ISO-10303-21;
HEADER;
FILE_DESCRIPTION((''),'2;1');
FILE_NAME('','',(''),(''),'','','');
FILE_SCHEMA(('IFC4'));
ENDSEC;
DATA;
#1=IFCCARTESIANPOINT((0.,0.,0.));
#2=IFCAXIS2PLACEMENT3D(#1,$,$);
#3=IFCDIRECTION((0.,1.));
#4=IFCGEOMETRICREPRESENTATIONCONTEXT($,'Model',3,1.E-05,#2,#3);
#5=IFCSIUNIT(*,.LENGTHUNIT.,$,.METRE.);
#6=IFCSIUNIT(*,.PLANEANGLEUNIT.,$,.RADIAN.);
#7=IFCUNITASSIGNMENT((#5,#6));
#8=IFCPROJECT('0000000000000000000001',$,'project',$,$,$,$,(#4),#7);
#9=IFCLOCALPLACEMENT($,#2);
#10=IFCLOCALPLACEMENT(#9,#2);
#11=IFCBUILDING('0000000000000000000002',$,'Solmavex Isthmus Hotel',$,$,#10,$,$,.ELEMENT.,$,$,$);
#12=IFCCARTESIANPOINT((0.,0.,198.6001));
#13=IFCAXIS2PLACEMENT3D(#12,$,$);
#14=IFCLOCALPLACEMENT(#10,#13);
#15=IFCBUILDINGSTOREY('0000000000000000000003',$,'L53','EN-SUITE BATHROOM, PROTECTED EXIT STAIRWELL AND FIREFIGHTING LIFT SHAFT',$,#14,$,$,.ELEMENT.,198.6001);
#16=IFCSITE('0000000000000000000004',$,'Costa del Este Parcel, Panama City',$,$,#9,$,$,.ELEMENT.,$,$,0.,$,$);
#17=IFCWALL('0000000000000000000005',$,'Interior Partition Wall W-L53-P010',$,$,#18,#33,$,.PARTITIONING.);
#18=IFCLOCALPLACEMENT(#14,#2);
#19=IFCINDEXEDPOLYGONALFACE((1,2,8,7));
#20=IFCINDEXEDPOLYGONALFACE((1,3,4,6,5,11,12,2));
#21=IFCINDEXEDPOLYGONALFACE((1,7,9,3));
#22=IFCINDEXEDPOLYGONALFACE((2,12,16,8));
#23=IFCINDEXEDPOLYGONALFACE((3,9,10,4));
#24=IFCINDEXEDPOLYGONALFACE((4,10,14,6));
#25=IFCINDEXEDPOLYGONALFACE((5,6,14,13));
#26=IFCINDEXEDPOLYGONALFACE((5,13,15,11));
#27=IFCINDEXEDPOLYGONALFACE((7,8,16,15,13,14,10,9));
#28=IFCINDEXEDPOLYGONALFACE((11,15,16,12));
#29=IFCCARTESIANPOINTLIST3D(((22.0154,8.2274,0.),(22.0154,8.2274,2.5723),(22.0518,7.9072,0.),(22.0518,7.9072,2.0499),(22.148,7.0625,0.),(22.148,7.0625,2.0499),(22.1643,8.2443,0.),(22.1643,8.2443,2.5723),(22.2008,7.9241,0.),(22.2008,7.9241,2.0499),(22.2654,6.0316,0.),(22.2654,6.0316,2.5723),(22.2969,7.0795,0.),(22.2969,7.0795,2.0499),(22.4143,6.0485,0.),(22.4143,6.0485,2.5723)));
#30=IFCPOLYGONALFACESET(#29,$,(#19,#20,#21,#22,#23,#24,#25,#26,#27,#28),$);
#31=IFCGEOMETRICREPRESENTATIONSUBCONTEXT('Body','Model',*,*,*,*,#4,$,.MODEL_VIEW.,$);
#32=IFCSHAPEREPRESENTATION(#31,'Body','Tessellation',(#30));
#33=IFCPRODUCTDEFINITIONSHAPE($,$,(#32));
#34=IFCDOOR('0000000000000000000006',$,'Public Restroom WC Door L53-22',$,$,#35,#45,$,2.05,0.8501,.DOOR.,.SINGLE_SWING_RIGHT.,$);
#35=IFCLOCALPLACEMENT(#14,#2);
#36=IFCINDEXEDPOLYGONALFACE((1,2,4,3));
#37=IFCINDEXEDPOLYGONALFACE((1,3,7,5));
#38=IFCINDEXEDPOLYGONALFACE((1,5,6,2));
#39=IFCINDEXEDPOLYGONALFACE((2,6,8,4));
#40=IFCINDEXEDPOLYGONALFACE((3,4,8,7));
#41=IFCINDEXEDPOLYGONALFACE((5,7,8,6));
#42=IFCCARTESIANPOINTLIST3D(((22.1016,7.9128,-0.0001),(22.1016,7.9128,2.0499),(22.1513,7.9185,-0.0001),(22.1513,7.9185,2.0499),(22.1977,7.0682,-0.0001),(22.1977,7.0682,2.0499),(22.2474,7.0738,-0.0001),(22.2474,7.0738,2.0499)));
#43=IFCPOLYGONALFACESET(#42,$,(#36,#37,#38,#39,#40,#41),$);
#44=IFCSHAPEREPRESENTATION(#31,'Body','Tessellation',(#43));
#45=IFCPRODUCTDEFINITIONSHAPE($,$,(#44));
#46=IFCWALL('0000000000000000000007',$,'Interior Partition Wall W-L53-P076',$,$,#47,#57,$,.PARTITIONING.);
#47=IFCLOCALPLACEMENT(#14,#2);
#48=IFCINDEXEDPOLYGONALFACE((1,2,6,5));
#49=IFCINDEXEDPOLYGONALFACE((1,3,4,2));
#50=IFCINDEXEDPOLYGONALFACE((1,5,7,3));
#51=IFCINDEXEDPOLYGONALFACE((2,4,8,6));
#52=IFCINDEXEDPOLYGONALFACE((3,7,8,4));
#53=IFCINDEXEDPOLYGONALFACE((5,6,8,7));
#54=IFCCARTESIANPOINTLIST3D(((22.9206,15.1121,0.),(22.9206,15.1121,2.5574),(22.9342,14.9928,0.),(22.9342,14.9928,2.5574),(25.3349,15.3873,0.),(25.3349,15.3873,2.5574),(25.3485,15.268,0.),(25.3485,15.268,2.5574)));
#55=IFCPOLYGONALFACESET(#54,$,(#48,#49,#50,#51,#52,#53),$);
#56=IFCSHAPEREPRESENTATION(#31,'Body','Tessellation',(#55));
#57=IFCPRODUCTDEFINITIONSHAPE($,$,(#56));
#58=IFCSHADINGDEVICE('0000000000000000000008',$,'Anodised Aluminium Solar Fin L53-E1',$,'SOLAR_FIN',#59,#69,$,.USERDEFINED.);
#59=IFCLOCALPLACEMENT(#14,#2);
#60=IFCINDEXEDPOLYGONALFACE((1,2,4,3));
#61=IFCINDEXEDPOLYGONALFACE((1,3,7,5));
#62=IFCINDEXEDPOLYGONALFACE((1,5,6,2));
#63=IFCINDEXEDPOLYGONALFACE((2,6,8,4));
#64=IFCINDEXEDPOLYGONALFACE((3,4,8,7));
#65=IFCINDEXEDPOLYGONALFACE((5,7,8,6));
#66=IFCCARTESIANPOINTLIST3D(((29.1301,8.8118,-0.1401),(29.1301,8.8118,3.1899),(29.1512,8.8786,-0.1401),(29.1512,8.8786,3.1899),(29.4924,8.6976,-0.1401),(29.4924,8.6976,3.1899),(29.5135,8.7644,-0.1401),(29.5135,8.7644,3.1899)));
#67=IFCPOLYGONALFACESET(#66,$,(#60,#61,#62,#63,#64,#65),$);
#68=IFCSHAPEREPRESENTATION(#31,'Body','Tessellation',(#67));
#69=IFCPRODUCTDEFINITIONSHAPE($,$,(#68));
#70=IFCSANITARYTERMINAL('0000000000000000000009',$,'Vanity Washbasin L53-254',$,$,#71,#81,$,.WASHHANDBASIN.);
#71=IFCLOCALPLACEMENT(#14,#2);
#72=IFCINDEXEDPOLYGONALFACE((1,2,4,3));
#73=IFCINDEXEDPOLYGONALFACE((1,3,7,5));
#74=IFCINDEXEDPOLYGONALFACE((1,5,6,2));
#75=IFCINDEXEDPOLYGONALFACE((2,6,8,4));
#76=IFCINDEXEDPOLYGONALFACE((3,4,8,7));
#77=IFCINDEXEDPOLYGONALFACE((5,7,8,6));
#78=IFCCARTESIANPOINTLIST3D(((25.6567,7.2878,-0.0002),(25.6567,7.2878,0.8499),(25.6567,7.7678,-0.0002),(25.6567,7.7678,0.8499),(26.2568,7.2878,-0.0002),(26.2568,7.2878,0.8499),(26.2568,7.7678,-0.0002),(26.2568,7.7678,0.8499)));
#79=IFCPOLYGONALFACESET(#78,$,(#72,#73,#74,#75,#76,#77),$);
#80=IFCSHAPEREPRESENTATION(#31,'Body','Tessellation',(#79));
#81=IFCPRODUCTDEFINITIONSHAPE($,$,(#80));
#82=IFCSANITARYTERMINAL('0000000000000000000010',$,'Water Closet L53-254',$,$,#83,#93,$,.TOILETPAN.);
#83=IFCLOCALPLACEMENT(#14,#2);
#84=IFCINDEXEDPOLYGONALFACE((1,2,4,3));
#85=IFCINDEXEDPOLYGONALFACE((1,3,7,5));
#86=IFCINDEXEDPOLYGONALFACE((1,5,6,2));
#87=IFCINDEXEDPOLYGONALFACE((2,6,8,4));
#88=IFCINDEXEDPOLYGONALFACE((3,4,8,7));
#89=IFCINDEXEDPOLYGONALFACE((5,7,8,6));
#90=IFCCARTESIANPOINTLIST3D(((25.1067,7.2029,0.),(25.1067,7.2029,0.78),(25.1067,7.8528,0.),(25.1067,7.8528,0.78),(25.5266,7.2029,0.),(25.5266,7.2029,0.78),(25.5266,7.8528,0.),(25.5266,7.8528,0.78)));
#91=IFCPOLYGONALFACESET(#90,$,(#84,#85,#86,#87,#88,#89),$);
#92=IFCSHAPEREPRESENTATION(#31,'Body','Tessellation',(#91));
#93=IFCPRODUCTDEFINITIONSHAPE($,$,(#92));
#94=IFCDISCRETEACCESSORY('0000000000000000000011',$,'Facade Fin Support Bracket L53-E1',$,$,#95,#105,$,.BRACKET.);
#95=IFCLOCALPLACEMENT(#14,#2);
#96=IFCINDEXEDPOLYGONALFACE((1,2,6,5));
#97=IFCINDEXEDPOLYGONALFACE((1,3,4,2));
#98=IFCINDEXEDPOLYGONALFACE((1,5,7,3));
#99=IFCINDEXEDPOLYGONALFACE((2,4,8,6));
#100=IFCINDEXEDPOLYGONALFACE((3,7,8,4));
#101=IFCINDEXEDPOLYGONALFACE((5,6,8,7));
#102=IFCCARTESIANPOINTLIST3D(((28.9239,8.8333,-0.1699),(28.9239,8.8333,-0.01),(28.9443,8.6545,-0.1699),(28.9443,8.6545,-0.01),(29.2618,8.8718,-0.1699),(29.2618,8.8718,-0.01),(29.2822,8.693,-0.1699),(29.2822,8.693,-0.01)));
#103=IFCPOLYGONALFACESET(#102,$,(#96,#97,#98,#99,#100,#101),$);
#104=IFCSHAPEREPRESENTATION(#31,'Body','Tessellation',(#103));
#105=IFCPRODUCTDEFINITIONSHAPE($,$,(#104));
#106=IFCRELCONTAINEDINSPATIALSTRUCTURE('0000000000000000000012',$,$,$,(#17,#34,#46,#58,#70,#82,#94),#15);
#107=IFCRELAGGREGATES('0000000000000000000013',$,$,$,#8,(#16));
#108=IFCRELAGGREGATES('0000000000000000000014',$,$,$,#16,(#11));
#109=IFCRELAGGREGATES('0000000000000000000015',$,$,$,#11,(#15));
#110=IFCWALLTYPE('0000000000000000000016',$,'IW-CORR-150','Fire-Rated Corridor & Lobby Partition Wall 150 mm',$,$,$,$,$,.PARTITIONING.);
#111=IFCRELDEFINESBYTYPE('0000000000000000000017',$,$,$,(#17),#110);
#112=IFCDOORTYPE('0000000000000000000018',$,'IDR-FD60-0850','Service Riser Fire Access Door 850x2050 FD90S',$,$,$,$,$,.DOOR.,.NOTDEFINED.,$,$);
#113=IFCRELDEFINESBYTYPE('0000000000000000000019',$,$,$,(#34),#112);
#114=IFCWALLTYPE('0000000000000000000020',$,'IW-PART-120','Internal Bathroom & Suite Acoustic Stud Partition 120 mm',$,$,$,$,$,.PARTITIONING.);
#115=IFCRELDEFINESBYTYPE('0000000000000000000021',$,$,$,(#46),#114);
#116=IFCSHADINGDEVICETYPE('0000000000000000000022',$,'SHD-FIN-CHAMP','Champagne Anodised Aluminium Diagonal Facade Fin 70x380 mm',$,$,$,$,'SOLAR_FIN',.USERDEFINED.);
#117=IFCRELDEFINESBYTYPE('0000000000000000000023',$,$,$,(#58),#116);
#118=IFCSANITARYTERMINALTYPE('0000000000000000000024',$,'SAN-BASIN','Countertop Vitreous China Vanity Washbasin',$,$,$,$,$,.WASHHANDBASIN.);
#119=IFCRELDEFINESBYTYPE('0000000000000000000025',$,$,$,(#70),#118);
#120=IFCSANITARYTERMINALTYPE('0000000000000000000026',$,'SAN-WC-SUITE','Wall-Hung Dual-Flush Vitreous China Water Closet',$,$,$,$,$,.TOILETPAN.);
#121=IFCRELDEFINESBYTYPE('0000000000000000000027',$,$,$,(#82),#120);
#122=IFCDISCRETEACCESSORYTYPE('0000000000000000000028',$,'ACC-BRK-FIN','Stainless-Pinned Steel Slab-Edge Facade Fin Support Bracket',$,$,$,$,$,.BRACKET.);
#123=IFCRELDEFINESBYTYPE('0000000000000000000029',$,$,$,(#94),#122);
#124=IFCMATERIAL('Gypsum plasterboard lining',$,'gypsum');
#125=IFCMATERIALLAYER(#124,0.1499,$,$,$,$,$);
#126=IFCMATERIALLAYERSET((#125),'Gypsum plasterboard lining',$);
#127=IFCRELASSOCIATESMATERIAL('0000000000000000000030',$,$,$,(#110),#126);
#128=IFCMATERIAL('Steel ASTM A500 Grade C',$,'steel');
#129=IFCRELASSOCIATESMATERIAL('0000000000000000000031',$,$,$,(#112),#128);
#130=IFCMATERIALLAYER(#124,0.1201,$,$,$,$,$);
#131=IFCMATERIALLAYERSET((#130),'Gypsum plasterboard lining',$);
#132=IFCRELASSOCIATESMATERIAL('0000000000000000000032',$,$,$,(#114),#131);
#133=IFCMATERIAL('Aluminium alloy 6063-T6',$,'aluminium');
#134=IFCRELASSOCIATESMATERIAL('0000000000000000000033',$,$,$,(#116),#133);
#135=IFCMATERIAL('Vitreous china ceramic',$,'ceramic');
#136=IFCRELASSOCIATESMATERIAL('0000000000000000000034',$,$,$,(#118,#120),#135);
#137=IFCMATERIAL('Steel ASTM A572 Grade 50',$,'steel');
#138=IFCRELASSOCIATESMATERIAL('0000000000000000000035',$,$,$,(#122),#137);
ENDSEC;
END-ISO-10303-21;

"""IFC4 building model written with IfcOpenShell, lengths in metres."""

from ifc_helpers import new_model, si_unit, direction, frame, frame_2d, origin, origin_2d, place, context, subcontext, project, spatial, rectangle, extrude, material, layer, layer_set, type_object, element, fill, save


model = new_model("IFC4")

# Units and contexts
model_context = context("Model", 3, precision=1e-05, world=origin(), true_north=direction((0.0, 1.0)))
body_context = subcontext(model_context, "Body", "Model", "MODEL_VIEW")
ifc_project = project(units=[si_unit("LENGTHUNIT", "METRE"), si_unit("PLANEANGLEUNIT", "RADIAN")], contexts=[model_context])

# Site, building, storey
site_placement = place(None, origin())
site = spatial("IfcSite", under=ifc_project, at=site_placement, Name="Costa del Este Parcel, Panama City", CompositionType="ELEMENT", RefElevation=0.0)
building_placement = place(site_placement, origin())
building = spatial("IfcBuilding", under=site, at=building_placement, Name="Solmavex Isthmus Hotel", CompositionType="ELEMENT")
storey_placement = place(building_placement, frame((0.0, 0.0, 198.6001)))
storey = spatial("IfcBuildingStorey", under=building, at=storey_placement, Name="L53", Description="EN-SUITE BATHROOM, PROTECTED EXIT STAIRWELL AND FIREFIGHTING LIFT SHAFT", CompositionType="ELEMENT", Elevation=198.6001)

# Shared definitions
ifc_material_1 = material(Name="Aluminium alloy 6063-T6", Category="aluminium")

# Shared definitions
ifc_material_2 = material(Name="Gypsum plasterboard lining", Category="gypsum")

# Wall, opening, door
ifc_layer_1 = layer(ifc_material_2, 0.1499)
ifc_layer_set_1 = layer_set([ifc_layer_1], Name="Gypsum plasterboard lining")
wall_type_1 = type_object("IfcWallType", Name="IW-CORR-150", Description="Fire-Rated Corridor & Lobby Partition Wall 150 mm", PredefinedType="PARTITIONING", material=ifc_layer_set_1)
wall_1_placement = place(storey_placement, frame((22.0898, 8.2358, 0.0), z_axis=(0.0, 0.0, 1.0), x_axis=(0.113123, -0.993581, 0.0)))
wall_1 = element("IfcWall", 1, at=wall_1_placement, inside=storey, type_object=wall_type_1, Name="Interior Partition Wall W-L53-P010", PredefinedType="PARTITIONING", context=body_context, shape_type="SweptSolid", body=[
    extrude(rectangle(XDim=2.21, YDim=0.1499, at=frame_2d((1.105, 0.0))), origin(), (0.0, 0.0, 1.0), 2.5723),
])
opening_1_placement = place(wall_1_placement, frame((0.3223, 0.0, 0.0)))
opening_1 = element("IfcOpeningElement", 2, at=opening_1_placement, cuts=wall_1, PredefinedType="OPENING", context=body_context, shape_type="SweptSolid", body=[
    extrude(rectangle(XDim=0.8501, YDim=2.05, at=frame_2d((0.425, 1.0249))), frame((0.0, 0.085, 0.0), z_axis=(0.0, -1.0, 0.0), x_axis=(1.0, 0.0, 0.0)), (0.0, 0.0, 1.0), 0.1699),
])
ifc_material_3 = material(Name="Steel ASTM A500 Grade C", Category="steel")
door_type_1 = type_object("IfcDoorType", Name="IDR-FD60-0850", Description="Service Riser Fire Access Door 850x2050 FD90S", OperationType="NOTDEFINED", PredefinedType="DOOR", material=ifc_material_3)
door_1_placement = place(opening_1_placement, frame((0.8501, 0.0, 0.0), z_axis=(0.0, 0.0, 1.0), x_axis=(-1.0, 0.0, 0.0)))
door_1 = element("IfcDoor", 3, at=door_1_placement, inside=storey, type_object=door_type_1, Name="Public Restroom WC Door L53-22", OperationType="SINGLE_SWING_RIGHT", OverallHeight=2.05, OverallWidth=0.8501, PredefinedType="DOOR", context=body_context, shape_type="SweptSolid", body=[
    extrude(rectangle(XDim=0.8501, YDim=2.05, at=frame_2d((0.425, 1.0249))), frame((0.0, 0.0249, 0.0), z_axis=(0.0, -1.0, 0.0), x_axis=(1.0, 0.0, 0.0)), (0.0, 0.0, 1.0), 0.05),
])
fill(opening_1, door_1)

# Wall
ifc_layer_2 = layer(ifc_material_2, 0.1201)
ifc_layer_set_2 = layer_set([ifc_layer_2], Name="Gypsum plasterboard lining")
wall_type_2 = type_object("IfcWallType", Name="IW-PART-120", Description="Internal Bathroom & Suite Acoustic Stud Partition 120 mm", PredefinedType="PARTITIONING", material=ifc_layer_set_2)
wall_2_placement = place(storey_placement, frame((22.9275, 15.0525, 0.0), z_axis=(0.0, 0.0, 1.0), x_axis=(0.993569, 0.113232, 0.0)))
element("IfcWall", 4, at=wall_2_placement, inside=storey, type_object=wall_type_2, Name="Interior Partition Wall W-L53-P076", PredefinedType="PARTITIONING", context=body_context, shape_type="SweptSolid", body=[
    extrude(rectangle(XDim=2.4299, YDim=0.1201, at=frame_2d((1.2148, 0.0))), origin(), (0.0, 0.0, 1.0), 2.5574),
])

# Shading device
shading_device_type = type_object("IfcShadingDeviceType", Name="SHD-FIN-CHAMP", Description="Champagne Anodised Aluminium Diagonal Facade Fin 70x380 mm", ElementType="SOLAR_FIN", PredefinedType="USERDEFINED", material=ifc_material_1)
shading_device_placement = place(storey_placement, frame((29.3218, 8.7881, -0.1401), z_axis=(0.0, 0.0, 1.0), x_axis=(0.953717, -0.300706, 0.0)))
element("IfcShadingDevice", 5, at=shading_device_placement, inside=storey, type_object=shading_device_type, Name="Anodised Aluminium Solar Fin L53-E1", ObjectType="SOLAR_FIN", PredefinedType="USERDEFINED", context=body_context, shape_type="SweptSolid", body=[
    extrude(rectangle(XDim=0.3799, YDim=0.0701, at=origin_2d()), origin(), (0.0, 0.0, 1.0), 3.3301),
])

# Sanitary terminals
ifc_material_4 = material(Name="Vitreous china ceramic", Category="ceramic")
sanitary_terminal_type_1 = type_object("IfcSanitaryTerminalType", Name="SAN-BASIN", Description="Countertop Vitreous China Vanity Washbasin", PredefinedType="WASHHANDBASIN", material=ifc_material_4)
sanitary_terminal_1_placement = place(storey_placement, frame((25.9568, 7.5278, -0.0002), z_axis=(0.0, 0.0, 1.0), x_axis=(1.0, 0.0, 0.0)))
element("IfcSanitaryTerminal", 6, at=sanitary_terminal_1_placement, inside=storey, type_object=sanitary_terminal_type_1, Name="Vanity Washbasin L53-254", PredefinedType="WASHHANDBASIN", context=body_context, shape_type="SweptSolid", body=[
    extrude(rectangle(XDim=0.6001, YDim=0.48, at=origin_2d()), origin(), (0.0, 0.0, 1.0), 0.8501),
])
sanitary_terminal_type_2 = type_object("IfcSanitaryTerminalType", Name="SAN-WC-SUITE", Description="Wall-Hung Dual-Flush Vitreous China Water Closet", PredefinedType="TOILETPAN", material=ifc_material_4)
sanitary_terminal_2_placement = place(storey_placement, frame((25.3167, 7.5278, 0.0), z_axis=(0.0, 0.0, 1.0), x_axis=(1.0, 0.0, 0.0)))
element("IfcSanitaryTerminal", 7, at=sanitary_terminal_2_placement, inside=storey, type_object=sanitary_terminal_type_2, Name="Water Closet L53-254", PredefinedType="TOILETPAN", context=body_context, shape_type="SweptSolid", body=[
    extrude(rectangle(XDim=0.4199, YDim=0.6499, at=origin_2d()), origin(), (0.0, 0.0, 1.0), 0.78),
])

# Discrete accessory
ifc_material_5 = material(Name="Steel ASTM A572 Grade 50", Category="steel")
discrete_accessory_type = type_object("IfcDiscreteAccessoryType", Name="ACC-BRK-FIN", Description="Stainless-Pinned Steel Slab-Edge Facade Fin Support Bracket", PredefinedType="BRACKET", material=ifc_material_5)
discrete_accessory_placement = place(storey_placement, frame((29.103, 8.7632, -0.1699), z_axis=(0.0, 0.0, 1.0), x_axis=(0.993572, 0.113203, 0.0)))
element("IfcDiscreteAccessory", 8, at=discrete_accessory_placement, inside=storey, type_object=discrete_accessory_type, Name="Facade Fin Support Bracket L53-E1", PredefinedType="BRACKET", context=body_context, shape_type="SweptSolid", body=[
    extrude(rectangle(XDim=0.3401, YDim=0.1799, at=origin_2d()), origin(), (0.0, 0.0, 1.0), 0.1599),
])

save(model, "model.ifc")
